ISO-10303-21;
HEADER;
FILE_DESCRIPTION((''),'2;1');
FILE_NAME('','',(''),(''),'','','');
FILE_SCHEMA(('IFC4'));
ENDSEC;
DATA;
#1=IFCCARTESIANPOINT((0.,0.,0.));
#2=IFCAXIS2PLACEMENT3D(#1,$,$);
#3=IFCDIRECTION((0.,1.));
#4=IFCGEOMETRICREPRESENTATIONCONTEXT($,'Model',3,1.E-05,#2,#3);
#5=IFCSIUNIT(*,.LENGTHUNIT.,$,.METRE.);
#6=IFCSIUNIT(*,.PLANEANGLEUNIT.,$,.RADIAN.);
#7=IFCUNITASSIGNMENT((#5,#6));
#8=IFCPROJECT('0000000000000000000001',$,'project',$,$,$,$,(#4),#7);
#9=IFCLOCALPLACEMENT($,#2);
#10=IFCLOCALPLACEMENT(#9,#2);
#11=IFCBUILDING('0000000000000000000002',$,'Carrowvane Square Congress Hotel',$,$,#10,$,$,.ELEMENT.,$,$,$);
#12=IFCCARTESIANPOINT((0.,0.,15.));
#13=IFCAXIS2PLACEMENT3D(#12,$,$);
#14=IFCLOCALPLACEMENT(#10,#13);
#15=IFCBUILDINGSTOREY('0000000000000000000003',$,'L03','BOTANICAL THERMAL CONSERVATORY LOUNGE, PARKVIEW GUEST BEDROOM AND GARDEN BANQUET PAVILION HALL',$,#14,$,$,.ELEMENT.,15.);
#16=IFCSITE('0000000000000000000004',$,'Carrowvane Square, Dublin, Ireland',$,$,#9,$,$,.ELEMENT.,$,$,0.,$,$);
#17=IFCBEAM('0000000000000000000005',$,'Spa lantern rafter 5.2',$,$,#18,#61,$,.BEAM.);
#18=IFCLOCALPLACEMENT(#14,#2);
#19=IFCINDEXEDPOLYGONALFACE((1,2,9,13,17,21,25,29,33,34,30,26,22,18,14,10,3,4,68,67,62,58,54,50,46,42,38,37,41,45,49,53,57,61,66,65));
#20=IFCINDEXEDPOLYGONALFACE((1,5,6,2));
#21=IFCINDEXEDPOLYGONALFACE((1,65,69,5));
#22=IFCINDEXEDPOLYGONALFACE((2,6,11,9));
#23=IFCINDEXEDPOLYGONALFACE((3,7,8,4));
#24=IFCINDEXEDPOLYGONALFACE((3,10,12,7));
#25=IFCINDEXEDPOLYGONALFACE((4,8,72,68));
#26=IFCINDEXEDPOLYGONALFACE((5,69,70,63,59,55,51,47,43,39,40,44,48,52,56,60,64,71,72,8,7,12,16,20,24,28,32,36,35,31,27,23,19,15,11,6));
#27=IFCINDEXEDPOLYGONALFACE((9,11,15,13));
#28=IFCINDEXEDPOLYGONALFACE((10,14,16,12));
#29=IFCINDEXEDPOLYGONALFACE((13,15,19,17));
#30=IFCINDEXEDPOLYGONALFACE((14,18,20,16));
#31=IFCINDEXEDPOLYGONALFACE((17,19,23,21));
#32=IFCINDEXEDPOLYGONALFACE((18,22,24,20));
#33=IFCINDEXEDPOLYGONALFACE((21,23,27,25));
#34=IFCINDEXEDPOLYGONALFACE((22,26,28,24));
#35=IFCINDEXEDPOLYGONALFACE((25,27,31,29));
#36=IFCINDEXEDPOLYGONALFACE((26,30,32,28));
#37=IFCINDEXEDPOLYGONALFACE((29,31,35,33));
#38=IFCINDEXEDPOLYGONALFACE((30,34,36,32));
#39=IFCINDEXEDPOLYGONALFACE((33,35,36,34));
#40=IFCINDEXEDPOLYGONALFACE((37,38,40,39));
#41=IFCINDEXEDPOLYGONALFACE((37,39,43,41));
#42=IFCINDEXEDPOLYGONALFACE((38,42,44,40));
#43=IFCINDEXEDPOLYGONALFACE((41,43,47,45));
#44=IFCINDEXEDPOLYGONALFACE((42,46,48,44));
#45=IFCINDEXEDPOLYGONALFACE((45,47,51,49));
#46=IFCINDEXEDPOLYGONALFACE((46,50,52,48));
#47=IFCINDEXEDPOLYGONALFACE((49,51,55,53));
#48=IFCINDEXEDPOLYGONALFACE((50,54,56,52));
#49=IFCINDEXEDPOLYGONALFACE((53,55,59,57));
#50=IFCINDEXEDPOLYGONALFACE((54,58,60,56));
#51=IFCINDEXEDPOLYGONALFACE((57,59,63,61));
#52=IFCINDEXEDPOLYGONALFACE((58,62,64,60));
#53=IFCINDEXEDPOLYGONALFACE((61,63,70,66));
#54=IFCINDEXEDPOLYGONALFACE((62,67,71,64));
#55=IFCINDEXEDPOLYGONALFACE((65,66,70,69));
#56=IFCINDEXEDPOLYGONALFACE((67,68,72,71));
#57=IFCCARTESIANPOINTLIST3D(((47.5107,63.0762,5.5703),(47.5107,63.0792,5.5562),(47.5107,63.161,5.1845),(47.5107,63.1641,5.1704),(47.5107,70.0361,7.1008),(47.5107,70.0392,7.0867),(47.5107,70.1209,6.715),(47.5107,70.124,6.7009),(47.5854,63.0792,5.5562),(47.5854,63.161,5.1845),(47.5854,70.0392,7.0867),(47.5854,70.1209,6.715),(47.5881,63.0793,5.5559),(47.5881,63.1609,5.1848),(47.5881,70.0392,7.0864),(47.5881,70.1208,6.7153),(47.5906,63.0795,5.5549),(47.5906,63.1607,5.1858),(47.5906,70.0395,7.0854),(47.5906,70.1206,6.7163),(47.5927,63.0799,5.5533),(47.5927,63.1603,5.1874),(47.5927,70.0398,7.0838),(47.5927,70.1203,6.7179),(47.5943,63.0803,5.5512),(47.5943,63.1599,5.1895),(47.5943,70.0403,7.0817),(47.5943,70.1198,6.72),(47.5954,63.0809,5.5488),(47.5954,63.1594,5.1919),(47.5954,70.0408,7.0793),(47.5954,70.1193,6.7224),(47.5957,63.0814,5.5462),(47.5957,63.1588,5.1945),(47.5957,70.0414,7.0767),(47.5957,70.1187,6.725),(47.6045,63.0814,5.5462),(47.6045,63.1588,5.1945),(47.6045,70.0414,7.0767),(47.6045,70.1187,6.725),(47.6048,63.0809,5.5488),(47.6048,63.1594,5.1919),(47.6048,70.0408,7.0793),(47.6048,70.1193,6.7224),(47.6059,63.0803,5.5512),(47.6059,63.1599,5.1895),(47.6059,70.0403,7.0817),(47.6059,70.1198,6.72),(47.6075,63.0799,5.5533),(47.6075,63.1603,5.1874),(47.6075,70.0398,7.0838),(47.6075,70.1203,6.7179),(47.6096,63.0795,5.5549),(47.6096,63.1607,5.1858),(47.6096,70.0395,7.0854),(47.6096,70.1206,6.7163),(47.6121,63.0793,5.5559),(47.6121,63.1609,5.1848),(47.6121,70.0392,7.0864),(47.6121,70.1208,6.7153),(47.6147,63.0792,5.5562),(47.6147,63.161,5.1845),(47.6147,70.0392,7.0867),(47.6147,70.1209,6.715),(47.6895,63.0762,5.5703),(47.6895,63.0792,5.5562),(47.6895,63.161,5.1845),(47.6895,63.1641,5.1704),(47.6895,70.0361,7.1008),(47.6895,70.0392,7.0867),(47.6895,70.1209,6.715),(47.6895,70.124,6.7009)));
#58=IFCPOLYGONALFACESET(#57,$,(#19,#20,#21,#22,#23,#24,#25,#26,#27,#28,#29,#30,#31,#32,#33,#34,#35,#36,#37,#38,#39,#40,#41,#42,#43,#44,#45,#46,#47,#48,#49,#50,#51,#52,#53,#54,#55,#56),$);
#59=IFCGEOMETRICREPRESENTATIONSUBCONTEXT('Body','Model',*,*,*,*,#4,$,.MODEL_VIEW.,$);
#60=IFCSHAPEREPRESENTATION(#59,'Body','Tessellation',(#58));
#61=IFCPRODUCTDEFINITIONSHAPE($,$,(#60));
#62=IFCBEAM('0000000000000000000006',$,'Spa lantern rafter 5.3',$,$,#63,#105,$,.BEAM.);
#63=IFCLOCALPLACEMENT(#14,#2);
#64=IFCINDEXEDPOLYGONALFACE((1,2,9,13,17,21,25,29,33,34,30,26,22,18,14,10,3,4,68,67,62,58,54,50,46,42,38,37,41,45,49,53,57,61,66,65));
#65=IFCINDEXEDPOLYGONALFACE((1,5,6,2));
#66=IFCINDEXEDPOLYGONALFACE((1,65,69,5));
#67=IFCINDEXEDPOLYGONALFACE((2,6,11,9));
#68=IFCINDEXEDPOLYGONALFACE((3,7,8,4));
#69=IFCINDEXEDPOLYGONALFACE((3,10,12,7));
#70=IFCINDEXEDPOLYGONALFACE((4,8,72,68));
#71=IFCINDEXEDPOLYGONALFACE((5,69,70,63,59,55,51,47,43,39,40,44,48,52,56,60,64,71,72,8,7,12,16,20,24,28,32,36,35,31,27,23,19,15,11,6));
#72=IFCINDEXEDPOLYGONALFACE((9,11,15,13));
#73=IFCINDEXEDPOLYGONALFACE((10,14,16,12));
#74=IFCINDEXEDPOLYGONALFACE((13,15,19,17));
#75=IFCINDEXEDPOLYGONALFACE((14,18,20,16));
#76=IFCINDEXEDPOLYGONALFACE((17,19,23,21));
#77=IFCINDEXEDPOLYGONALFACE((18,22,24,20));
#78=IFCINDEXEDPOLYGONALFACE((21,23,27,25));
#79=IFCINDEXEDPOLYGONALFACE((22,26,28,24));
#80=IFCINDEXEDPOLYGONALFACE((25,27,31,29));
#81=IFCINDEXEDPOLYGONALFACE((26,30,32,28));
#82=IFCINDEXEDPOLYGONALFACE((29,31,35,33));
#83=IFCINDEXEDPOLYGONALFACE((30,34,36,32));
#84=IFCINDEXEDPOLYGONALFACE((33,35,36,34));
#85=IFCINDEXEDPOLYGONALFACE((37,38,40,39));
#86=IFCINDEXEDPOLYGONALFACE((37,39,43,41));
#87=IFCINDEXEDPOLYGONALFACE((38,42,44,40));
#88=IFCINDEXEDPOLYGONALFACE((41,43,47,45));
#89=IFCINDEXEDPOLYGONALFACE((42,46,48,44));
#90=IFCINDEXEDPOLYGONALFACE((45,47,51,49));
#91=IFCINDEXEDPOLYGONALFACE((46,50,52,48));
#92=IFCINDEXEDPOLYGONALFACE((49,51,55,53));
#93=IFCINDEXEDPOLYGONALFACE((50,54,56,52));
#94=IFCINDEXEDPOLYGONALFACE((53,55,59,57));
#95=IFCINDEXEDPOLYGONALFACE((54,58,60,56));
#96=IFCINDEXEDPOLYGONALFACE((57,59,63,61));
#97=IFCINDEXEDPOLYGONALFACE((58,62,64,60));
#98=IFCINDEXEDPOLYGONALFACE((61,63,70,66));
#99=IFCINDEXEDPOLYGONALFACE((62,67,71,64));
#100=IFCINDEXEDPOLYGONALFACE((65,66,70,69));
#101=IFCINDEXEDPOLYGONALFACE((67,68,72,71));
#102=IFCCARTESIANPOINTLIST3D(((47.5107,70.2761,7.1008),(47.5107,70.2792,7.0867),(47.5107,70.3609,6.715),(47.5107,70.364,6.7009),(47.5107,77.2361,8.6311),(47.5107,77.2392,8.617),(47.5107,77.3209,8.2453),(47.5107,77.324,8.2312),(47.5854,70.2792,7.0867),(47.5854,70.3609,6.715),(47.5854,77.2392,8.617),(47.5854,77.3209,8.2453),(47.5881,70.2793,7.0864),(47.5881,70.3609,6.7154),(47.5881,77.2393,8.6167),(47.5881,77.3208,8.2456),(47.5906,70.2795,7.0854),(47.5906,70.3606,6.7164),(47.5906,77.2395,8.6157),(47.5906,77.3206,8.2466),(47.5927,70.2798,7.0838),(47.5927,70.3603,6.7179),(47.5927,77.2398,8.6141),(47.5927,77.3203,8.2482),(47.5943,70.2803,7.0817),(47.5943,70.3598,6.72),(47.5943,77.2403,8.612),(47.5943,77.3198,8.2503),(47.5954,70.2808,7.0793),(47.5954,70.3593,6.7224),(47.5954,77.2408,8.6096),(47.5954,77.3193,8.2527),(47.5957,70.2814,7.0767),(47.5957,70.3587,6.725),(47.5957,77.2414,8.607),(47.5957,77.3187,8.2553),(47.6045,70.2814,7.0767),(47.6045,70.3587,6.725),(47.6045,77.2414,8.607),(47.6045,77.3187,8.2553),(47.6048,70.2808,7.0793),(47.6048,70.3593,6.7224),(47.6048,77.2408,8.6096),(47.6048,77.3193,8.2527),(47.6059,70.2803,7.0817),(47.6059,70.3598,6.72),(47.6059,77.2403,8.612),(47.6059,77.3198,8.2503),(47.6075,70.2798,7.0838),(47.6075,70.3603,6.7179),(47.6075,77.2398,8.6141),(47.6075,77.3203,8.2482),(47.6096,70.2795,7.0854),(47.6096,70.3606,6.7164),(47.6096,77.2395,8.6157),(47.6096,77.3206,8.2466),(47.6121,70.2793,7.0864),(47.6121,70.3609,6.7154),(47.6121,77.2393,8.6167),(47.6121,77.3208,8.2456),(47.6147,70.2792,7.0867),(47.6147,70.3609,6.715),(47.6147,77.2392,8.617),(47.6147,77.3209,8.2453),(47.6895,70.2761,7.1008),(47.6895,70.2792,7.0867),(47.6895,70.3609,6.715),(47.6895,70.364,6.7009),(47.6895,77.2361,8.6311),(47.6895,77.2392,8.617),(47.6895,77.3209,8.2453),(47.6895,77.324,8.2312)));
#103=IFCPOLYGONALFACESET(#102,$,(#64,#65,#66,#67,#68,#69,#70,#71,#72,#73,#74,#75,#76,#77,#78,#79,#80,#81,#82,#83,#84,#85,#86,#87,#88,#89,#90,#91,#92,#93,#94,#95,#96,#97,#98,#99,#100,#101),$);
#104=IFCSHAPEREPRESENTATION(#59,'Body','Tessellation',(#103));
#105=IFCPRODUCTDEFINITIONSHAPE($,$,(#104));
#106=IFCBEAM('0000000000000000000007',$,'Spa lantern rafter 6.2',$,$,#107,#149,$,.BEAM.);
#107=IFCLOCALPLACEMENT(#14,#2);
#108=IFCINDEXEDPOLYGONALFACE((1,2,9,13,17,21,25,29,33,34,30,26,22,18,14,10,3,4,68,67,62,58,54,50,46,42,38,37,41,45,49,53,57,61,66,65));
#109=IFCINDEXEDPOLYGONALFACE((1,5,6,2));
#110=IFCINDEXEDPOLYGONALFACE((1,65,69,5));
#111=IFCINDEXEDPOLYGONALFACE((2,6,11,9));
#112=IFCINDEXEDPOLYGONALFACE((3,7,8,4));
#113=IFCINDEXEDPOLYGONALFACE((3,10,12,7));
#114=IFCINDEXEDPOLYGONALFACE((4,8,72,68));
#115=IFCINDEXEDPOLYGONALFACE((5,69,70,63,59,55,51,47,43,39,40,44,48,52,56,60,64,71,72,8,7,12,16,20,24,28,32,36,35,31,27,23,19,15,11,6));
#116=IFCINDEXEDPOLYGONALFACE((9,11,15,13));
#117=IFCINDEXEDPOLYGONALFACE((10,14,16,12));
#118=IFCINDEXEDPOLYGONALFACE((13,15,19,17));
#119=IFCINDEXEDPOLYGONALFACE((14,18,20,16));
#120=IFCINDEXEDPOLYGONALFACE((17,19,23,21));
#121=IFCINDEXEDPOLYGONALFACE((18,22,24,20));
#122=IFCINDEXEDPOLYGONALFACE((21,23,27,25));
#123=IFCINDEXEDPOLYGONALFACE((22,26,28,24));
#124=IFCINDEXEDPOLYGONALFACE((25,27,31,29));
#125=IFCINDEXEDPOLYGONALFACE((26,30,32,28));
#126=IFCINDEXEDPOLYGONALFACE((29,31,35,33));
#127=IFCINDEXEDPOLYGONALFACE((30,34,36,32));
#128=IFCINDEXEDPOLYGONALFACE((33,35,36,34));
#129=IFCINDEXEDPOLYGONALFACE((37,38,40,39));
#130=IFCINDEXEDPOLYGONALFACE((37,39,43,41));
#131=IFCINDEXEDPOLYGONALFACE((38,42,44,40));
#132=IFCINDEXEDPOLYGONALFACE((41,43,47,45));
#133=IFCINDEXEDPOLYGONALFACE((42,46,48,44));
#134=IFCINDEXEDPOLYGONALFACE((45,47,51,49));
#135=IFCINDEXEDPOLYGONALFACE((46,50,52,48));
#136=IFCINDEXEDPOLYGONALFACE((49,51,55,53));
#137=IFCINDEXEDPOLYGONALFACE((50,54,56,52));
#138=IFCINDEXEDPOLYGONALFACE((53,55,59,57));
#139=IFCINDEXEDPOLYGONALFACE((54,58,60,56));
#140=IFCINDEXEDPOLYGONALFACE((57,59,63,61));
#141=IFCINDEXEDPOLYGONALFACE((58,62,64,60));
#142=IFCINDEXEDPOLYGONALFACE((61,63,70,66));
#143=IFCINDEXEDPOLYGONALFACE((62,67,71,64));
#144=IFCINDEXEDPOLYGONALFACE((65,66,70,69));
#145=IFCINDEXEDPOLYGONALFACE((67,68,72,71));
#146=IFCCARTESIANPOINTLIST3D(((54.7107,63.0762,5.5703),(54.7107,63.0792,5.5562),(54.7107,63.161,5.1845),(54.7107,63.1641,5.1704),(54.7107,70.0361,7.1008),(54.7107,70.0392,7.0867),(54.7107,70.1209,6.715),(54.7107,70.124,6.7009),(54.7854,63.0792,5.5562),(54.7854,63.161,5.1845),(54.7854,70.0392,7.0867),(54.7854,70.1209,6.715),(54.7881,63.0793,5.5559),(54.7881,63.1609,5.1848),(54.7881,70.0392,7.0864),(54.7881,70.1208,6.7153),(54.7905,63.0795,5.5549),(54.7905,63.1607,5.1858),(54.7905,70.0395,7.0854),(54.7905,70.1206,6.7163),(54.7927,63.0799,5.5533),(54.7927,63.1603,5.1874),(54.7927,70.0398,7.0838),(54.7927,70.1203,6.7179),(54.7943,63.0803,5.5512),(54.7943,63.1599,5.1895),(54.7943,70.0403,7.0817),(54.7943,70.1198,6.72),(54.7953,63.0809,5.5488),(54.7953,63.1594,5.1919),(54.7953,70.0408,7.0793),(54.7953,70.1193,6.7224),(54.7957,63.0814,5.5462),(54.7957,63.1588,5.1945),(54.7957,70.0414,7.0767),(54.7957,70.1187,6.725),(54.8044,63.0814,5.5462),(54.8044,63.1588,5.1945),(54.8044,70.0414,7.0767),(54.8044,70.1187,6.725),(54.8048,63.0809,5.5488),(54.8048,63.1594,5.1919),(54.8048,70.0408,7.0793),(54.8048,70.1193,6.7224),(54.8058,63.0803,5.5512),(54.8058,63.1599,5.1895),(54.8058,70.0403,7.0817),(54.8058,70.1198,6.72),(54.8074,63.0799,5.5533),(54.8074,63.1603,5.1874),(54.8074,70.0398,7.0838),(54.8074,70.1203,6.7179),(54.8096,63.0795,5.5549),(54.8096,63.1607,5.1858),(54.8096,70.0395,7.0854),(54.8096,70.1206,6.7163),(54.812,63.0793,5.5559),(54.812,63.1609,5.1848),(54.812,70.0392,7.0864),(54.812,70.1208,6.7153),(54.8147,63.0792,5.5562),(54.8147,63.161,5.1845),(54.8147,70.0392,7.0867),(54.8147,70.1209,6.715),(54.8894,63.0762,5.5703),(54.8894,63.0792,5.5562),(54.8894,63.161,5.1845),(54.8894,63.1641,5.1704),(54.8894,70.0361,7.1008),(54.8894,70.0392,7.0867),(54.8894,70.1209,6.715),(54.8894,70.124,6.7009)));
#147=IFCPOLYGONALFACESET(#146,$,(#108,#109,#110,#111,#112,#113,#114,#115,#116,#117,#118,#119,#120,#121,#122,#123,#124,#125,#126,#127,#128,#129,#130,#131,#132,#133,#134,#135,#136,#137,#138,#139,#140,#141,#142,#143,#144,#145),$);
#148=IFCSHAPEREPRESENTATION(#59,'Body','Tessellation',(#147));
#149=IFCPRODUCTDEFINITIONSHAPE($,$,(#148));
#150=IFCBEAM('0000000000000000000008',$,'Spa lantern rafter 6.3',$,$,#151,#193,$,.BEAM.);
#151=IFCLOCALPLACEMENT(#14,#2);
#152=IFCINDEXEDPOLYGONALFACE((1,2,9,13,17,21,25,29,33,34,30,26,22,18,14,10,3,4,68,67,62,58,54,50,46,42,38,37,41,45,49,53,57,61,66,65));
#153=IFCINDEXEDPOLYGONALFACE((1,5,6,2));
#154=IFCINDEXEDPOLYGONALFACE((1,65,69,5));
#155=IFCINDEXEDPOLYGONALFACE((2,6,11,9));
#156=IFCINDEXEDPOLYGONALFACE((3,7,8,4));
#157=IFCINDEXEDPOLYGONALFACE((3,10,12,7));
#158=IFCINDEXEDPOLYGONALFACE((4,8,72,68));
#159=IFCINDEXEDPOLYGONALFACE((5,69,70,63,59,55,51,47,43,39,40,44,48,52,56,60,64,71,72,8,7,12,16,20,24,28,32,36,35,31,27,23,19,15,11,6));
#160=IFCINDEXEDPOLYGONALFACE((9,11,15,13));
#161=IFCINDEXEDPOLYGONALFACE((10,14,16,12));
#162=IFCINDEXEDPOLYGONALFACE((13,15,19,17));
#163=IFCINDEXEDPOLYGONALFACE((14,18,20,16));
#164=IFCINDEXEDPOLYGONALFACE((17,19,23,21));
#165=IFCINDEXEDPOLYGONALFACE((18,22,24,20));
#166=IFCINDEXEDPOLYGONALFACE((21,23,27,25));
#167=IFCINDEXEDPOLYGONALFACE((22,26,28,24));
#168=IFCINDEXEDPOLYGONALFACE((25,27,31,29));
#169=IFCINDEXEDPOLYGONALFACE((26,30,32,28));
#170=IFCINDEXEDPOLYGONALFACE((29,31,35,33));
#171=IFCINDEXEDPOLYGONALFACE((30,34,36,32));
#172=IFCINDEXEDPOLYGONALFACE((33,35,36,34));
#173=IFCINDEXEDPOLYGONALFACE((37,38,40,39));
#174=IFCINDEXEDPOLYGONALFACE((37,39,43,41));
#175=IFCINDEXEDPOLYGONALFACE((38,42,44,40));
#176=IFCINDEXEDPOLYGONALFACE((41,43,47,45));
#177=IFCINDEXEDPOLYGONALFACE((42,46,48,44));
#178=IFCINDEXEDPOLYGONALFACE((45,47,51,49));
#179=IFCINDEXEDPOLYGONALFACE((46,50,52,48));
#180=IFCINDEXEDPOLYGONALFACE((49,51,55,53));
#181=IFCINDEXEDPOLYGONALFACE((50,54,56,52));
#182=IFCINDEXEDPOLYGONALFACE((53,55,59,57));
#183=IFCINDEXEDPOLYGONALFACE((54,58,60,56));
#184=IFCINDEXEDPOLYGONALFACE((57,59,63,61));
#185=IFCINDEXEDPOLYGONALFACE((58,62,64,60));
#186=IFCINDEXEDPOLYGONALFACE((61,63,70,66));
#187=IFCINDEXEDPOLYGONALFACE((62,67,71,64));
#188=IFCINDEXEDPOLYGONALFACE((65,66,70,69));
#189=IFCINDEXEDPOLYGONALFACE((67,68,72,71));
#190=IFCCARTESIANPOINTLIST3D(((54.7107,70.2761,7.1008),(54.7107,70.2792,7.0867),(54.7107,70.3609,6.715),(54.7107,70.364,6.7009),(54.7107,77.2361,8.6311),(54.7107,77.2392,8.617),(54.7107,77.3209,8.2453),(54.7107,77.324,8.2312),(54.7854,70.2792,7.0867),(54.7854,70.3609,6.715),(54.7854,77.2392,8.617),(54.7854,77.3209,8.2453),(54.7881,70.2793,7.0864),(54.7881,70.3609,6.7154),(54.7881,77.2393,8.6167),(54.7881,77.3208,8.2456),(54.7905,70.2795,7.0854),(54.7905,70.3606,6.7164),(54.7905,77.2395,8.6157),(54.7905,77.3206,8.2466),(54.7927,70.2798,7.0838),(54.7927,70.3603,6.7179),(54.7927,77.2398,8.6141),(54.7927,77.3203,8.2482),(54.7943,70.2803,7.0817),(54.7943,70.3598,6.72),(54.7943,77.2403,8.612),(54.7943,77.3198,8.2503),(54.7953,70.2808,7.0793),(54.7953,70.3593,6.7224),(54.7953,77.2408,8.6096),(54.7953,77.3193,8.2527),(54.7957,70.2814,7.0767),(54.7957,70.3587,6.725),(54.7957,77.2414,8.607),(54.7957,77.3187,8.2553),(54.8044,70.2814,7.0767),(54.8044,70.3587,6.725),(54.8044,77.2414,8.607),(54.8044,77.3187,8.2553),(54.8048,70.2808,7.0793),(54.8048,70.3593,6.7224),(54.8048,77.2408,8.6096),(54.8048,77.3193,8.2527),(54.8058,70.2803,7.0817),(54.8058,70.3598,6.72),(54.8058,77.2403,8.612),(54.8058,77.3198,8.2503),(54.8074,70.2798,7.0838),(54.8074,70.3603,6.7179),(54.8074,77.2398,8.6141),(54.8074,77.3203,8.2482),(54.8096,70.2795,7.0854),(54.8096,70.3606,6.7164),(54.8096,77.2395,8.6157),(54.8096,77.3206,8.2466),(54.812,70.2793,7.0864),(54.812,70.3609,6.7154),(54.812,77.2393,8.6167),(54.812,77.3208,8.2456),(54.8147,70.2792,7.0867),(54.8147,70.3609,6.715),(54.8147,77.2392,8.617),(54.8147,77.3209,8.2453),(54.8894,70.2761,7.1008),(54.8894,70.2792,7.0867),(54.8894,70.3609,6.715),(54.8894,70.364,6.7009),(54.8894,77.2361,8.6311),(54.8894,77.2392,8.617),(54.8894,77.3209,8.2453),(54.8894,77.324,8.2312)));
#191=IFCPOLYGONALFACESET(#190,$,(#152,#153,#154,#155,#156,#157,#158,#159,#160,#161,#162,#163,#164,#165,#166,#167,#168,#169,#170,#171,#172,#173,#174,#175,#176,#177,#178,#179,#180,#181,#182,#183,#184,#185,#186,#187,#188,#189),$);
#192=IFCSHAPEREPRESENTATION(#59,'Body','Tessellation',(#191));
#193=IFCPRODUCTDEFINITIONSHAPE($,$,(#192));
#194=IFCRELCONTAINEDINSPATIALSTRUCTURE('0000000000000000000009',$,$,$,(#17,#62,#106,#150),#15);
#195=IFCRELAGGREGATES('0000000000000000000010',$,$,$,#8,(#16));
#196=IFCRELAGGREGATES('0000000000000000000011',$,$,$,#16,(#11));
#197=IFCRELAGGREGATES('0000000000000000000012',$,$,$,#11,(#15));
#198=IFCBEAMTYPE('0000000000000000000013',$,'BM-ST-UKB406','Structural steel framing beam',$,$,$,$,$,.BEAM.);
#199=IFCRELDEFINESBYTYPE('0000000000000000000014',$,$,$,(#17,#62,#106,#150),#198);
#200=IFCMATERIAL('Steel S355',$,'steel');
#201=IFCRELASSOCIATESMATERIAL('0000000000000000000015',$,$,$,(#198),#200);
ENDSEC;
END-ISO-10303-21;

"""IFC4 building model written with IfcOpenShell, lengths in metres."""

from ifc_helpers import new_model, si_unit, direction, frame, origin, origin_2d, place, context, subcontext, project, spatial, i_section, extrude, material, material_profile, profile_set, type_object, element, save


model = new_model("IFC4")

# Units and contexts
model_context = context("Model", 3, precision=1e-05, world=origin(), true_north=direction((0.0, 1.0)))
body_context = subcontext(model_context, "Body", "Model", "MODEL_VIEW")
ifc_project = project(units=[si_unit("LENGTHUNIT", "METRE"), si_unit("PLANEANGLEUNIT", "RADIAN")], contexts=[model_context])

# Site, building, storey
site_placement = place(None, origin())
site = spatial("IfcSite", under=ifc_project, at=site_placement, Name="Carrowvane Square, Dublin, Ireland", CompositionType="ELEMENT", RefElevation=0.0)
building_placement = place(site_placement, origin())
building = spatial("IfcBuilding", under=site, at=building_placement, Name="Carrowvane Square Congress Hotel", CompositionType="ELEMENT")
storey_placement = place(building_placement, frame((0.0, 0.0, 15.0)))
storey = spatial("IfcBuildingStorey", under=building, at=storey_placement, Name="L03", Description="BOTANICAL THERMAL CONSERVATORY LOUNGE, PARKVIEW GUEST BEDROOM AND GARDEN BANQUET PAVILION HALL", CompositionType="ELEMENT", Elevation=15.0)

# Beams
ifc_material_1 = material(Name="Steel S355", Category="steel")
ifc_material_profile_1 = material_profile(ifc_material_1, i_section(OverallWidth=0.1787, OverallDepth=0.4094, WebThickness=0.0088, FlangeThickness=0.0144, FilletRadius=0.0103, at=origin_2d()), Name="UKB 406x178x67")
ifc_profile_set_1 = profile_set([ifc_material_profile_1], Name="Steel S355")
beam_type_1 = type_object("IfcBeamType", Name="BM-ST-UKB406", Description="Structural steel framing beam", PredefinedType="BEAM", material=ifc_profile_set_1)
for number, where, z_axis, x_axis, name in (
    (1, (47.6001, 63.1201, 5.3704), (0.0, 0.976664, 0.214772), (-1.0, 0.0, 0.0), "Spa lantern rafter 5.2"),
    (2, (47.6001, 70.3201, 6.9009), (0.0, 0.976671, 0.214739), (-1.0, 0.0, 0.0), "Spa lantern rafter 5.3"),
    (3, (54.8, 63.1201, 5.3704), (0.0, 0.976664, 0.214772), (-1.0, 0.0, 0.0), "Spa lantern rafter 6.2"),
    (4, (54.8, 70.3201, 6.9009), (0.0, 0.976671, 0.214739), (-1.0, 0.0, 0.0), "Spa lantern rafter 6.3"),
):
    element("IfcBeam", number, at=place(storey_placement, frame(where, z_axis=z_axis, x_axis=x_axis)), inside=storey, type_object=beam_type_1, Name=name, PredefinedType="BEAM", context=body_context, shape_type="SweptSolid", body=[
        extrude(i_section(OverallWidth=0.1787, OverallDepth=0.4094, WebThickness=0.0088, FlangeThickness=0.0144, FilletRadius=0.0103, at=origin_2d()), origin(), (0.0, 0.0, 1.0), 7.1262),
    ])

save(model, "model.ifc")
